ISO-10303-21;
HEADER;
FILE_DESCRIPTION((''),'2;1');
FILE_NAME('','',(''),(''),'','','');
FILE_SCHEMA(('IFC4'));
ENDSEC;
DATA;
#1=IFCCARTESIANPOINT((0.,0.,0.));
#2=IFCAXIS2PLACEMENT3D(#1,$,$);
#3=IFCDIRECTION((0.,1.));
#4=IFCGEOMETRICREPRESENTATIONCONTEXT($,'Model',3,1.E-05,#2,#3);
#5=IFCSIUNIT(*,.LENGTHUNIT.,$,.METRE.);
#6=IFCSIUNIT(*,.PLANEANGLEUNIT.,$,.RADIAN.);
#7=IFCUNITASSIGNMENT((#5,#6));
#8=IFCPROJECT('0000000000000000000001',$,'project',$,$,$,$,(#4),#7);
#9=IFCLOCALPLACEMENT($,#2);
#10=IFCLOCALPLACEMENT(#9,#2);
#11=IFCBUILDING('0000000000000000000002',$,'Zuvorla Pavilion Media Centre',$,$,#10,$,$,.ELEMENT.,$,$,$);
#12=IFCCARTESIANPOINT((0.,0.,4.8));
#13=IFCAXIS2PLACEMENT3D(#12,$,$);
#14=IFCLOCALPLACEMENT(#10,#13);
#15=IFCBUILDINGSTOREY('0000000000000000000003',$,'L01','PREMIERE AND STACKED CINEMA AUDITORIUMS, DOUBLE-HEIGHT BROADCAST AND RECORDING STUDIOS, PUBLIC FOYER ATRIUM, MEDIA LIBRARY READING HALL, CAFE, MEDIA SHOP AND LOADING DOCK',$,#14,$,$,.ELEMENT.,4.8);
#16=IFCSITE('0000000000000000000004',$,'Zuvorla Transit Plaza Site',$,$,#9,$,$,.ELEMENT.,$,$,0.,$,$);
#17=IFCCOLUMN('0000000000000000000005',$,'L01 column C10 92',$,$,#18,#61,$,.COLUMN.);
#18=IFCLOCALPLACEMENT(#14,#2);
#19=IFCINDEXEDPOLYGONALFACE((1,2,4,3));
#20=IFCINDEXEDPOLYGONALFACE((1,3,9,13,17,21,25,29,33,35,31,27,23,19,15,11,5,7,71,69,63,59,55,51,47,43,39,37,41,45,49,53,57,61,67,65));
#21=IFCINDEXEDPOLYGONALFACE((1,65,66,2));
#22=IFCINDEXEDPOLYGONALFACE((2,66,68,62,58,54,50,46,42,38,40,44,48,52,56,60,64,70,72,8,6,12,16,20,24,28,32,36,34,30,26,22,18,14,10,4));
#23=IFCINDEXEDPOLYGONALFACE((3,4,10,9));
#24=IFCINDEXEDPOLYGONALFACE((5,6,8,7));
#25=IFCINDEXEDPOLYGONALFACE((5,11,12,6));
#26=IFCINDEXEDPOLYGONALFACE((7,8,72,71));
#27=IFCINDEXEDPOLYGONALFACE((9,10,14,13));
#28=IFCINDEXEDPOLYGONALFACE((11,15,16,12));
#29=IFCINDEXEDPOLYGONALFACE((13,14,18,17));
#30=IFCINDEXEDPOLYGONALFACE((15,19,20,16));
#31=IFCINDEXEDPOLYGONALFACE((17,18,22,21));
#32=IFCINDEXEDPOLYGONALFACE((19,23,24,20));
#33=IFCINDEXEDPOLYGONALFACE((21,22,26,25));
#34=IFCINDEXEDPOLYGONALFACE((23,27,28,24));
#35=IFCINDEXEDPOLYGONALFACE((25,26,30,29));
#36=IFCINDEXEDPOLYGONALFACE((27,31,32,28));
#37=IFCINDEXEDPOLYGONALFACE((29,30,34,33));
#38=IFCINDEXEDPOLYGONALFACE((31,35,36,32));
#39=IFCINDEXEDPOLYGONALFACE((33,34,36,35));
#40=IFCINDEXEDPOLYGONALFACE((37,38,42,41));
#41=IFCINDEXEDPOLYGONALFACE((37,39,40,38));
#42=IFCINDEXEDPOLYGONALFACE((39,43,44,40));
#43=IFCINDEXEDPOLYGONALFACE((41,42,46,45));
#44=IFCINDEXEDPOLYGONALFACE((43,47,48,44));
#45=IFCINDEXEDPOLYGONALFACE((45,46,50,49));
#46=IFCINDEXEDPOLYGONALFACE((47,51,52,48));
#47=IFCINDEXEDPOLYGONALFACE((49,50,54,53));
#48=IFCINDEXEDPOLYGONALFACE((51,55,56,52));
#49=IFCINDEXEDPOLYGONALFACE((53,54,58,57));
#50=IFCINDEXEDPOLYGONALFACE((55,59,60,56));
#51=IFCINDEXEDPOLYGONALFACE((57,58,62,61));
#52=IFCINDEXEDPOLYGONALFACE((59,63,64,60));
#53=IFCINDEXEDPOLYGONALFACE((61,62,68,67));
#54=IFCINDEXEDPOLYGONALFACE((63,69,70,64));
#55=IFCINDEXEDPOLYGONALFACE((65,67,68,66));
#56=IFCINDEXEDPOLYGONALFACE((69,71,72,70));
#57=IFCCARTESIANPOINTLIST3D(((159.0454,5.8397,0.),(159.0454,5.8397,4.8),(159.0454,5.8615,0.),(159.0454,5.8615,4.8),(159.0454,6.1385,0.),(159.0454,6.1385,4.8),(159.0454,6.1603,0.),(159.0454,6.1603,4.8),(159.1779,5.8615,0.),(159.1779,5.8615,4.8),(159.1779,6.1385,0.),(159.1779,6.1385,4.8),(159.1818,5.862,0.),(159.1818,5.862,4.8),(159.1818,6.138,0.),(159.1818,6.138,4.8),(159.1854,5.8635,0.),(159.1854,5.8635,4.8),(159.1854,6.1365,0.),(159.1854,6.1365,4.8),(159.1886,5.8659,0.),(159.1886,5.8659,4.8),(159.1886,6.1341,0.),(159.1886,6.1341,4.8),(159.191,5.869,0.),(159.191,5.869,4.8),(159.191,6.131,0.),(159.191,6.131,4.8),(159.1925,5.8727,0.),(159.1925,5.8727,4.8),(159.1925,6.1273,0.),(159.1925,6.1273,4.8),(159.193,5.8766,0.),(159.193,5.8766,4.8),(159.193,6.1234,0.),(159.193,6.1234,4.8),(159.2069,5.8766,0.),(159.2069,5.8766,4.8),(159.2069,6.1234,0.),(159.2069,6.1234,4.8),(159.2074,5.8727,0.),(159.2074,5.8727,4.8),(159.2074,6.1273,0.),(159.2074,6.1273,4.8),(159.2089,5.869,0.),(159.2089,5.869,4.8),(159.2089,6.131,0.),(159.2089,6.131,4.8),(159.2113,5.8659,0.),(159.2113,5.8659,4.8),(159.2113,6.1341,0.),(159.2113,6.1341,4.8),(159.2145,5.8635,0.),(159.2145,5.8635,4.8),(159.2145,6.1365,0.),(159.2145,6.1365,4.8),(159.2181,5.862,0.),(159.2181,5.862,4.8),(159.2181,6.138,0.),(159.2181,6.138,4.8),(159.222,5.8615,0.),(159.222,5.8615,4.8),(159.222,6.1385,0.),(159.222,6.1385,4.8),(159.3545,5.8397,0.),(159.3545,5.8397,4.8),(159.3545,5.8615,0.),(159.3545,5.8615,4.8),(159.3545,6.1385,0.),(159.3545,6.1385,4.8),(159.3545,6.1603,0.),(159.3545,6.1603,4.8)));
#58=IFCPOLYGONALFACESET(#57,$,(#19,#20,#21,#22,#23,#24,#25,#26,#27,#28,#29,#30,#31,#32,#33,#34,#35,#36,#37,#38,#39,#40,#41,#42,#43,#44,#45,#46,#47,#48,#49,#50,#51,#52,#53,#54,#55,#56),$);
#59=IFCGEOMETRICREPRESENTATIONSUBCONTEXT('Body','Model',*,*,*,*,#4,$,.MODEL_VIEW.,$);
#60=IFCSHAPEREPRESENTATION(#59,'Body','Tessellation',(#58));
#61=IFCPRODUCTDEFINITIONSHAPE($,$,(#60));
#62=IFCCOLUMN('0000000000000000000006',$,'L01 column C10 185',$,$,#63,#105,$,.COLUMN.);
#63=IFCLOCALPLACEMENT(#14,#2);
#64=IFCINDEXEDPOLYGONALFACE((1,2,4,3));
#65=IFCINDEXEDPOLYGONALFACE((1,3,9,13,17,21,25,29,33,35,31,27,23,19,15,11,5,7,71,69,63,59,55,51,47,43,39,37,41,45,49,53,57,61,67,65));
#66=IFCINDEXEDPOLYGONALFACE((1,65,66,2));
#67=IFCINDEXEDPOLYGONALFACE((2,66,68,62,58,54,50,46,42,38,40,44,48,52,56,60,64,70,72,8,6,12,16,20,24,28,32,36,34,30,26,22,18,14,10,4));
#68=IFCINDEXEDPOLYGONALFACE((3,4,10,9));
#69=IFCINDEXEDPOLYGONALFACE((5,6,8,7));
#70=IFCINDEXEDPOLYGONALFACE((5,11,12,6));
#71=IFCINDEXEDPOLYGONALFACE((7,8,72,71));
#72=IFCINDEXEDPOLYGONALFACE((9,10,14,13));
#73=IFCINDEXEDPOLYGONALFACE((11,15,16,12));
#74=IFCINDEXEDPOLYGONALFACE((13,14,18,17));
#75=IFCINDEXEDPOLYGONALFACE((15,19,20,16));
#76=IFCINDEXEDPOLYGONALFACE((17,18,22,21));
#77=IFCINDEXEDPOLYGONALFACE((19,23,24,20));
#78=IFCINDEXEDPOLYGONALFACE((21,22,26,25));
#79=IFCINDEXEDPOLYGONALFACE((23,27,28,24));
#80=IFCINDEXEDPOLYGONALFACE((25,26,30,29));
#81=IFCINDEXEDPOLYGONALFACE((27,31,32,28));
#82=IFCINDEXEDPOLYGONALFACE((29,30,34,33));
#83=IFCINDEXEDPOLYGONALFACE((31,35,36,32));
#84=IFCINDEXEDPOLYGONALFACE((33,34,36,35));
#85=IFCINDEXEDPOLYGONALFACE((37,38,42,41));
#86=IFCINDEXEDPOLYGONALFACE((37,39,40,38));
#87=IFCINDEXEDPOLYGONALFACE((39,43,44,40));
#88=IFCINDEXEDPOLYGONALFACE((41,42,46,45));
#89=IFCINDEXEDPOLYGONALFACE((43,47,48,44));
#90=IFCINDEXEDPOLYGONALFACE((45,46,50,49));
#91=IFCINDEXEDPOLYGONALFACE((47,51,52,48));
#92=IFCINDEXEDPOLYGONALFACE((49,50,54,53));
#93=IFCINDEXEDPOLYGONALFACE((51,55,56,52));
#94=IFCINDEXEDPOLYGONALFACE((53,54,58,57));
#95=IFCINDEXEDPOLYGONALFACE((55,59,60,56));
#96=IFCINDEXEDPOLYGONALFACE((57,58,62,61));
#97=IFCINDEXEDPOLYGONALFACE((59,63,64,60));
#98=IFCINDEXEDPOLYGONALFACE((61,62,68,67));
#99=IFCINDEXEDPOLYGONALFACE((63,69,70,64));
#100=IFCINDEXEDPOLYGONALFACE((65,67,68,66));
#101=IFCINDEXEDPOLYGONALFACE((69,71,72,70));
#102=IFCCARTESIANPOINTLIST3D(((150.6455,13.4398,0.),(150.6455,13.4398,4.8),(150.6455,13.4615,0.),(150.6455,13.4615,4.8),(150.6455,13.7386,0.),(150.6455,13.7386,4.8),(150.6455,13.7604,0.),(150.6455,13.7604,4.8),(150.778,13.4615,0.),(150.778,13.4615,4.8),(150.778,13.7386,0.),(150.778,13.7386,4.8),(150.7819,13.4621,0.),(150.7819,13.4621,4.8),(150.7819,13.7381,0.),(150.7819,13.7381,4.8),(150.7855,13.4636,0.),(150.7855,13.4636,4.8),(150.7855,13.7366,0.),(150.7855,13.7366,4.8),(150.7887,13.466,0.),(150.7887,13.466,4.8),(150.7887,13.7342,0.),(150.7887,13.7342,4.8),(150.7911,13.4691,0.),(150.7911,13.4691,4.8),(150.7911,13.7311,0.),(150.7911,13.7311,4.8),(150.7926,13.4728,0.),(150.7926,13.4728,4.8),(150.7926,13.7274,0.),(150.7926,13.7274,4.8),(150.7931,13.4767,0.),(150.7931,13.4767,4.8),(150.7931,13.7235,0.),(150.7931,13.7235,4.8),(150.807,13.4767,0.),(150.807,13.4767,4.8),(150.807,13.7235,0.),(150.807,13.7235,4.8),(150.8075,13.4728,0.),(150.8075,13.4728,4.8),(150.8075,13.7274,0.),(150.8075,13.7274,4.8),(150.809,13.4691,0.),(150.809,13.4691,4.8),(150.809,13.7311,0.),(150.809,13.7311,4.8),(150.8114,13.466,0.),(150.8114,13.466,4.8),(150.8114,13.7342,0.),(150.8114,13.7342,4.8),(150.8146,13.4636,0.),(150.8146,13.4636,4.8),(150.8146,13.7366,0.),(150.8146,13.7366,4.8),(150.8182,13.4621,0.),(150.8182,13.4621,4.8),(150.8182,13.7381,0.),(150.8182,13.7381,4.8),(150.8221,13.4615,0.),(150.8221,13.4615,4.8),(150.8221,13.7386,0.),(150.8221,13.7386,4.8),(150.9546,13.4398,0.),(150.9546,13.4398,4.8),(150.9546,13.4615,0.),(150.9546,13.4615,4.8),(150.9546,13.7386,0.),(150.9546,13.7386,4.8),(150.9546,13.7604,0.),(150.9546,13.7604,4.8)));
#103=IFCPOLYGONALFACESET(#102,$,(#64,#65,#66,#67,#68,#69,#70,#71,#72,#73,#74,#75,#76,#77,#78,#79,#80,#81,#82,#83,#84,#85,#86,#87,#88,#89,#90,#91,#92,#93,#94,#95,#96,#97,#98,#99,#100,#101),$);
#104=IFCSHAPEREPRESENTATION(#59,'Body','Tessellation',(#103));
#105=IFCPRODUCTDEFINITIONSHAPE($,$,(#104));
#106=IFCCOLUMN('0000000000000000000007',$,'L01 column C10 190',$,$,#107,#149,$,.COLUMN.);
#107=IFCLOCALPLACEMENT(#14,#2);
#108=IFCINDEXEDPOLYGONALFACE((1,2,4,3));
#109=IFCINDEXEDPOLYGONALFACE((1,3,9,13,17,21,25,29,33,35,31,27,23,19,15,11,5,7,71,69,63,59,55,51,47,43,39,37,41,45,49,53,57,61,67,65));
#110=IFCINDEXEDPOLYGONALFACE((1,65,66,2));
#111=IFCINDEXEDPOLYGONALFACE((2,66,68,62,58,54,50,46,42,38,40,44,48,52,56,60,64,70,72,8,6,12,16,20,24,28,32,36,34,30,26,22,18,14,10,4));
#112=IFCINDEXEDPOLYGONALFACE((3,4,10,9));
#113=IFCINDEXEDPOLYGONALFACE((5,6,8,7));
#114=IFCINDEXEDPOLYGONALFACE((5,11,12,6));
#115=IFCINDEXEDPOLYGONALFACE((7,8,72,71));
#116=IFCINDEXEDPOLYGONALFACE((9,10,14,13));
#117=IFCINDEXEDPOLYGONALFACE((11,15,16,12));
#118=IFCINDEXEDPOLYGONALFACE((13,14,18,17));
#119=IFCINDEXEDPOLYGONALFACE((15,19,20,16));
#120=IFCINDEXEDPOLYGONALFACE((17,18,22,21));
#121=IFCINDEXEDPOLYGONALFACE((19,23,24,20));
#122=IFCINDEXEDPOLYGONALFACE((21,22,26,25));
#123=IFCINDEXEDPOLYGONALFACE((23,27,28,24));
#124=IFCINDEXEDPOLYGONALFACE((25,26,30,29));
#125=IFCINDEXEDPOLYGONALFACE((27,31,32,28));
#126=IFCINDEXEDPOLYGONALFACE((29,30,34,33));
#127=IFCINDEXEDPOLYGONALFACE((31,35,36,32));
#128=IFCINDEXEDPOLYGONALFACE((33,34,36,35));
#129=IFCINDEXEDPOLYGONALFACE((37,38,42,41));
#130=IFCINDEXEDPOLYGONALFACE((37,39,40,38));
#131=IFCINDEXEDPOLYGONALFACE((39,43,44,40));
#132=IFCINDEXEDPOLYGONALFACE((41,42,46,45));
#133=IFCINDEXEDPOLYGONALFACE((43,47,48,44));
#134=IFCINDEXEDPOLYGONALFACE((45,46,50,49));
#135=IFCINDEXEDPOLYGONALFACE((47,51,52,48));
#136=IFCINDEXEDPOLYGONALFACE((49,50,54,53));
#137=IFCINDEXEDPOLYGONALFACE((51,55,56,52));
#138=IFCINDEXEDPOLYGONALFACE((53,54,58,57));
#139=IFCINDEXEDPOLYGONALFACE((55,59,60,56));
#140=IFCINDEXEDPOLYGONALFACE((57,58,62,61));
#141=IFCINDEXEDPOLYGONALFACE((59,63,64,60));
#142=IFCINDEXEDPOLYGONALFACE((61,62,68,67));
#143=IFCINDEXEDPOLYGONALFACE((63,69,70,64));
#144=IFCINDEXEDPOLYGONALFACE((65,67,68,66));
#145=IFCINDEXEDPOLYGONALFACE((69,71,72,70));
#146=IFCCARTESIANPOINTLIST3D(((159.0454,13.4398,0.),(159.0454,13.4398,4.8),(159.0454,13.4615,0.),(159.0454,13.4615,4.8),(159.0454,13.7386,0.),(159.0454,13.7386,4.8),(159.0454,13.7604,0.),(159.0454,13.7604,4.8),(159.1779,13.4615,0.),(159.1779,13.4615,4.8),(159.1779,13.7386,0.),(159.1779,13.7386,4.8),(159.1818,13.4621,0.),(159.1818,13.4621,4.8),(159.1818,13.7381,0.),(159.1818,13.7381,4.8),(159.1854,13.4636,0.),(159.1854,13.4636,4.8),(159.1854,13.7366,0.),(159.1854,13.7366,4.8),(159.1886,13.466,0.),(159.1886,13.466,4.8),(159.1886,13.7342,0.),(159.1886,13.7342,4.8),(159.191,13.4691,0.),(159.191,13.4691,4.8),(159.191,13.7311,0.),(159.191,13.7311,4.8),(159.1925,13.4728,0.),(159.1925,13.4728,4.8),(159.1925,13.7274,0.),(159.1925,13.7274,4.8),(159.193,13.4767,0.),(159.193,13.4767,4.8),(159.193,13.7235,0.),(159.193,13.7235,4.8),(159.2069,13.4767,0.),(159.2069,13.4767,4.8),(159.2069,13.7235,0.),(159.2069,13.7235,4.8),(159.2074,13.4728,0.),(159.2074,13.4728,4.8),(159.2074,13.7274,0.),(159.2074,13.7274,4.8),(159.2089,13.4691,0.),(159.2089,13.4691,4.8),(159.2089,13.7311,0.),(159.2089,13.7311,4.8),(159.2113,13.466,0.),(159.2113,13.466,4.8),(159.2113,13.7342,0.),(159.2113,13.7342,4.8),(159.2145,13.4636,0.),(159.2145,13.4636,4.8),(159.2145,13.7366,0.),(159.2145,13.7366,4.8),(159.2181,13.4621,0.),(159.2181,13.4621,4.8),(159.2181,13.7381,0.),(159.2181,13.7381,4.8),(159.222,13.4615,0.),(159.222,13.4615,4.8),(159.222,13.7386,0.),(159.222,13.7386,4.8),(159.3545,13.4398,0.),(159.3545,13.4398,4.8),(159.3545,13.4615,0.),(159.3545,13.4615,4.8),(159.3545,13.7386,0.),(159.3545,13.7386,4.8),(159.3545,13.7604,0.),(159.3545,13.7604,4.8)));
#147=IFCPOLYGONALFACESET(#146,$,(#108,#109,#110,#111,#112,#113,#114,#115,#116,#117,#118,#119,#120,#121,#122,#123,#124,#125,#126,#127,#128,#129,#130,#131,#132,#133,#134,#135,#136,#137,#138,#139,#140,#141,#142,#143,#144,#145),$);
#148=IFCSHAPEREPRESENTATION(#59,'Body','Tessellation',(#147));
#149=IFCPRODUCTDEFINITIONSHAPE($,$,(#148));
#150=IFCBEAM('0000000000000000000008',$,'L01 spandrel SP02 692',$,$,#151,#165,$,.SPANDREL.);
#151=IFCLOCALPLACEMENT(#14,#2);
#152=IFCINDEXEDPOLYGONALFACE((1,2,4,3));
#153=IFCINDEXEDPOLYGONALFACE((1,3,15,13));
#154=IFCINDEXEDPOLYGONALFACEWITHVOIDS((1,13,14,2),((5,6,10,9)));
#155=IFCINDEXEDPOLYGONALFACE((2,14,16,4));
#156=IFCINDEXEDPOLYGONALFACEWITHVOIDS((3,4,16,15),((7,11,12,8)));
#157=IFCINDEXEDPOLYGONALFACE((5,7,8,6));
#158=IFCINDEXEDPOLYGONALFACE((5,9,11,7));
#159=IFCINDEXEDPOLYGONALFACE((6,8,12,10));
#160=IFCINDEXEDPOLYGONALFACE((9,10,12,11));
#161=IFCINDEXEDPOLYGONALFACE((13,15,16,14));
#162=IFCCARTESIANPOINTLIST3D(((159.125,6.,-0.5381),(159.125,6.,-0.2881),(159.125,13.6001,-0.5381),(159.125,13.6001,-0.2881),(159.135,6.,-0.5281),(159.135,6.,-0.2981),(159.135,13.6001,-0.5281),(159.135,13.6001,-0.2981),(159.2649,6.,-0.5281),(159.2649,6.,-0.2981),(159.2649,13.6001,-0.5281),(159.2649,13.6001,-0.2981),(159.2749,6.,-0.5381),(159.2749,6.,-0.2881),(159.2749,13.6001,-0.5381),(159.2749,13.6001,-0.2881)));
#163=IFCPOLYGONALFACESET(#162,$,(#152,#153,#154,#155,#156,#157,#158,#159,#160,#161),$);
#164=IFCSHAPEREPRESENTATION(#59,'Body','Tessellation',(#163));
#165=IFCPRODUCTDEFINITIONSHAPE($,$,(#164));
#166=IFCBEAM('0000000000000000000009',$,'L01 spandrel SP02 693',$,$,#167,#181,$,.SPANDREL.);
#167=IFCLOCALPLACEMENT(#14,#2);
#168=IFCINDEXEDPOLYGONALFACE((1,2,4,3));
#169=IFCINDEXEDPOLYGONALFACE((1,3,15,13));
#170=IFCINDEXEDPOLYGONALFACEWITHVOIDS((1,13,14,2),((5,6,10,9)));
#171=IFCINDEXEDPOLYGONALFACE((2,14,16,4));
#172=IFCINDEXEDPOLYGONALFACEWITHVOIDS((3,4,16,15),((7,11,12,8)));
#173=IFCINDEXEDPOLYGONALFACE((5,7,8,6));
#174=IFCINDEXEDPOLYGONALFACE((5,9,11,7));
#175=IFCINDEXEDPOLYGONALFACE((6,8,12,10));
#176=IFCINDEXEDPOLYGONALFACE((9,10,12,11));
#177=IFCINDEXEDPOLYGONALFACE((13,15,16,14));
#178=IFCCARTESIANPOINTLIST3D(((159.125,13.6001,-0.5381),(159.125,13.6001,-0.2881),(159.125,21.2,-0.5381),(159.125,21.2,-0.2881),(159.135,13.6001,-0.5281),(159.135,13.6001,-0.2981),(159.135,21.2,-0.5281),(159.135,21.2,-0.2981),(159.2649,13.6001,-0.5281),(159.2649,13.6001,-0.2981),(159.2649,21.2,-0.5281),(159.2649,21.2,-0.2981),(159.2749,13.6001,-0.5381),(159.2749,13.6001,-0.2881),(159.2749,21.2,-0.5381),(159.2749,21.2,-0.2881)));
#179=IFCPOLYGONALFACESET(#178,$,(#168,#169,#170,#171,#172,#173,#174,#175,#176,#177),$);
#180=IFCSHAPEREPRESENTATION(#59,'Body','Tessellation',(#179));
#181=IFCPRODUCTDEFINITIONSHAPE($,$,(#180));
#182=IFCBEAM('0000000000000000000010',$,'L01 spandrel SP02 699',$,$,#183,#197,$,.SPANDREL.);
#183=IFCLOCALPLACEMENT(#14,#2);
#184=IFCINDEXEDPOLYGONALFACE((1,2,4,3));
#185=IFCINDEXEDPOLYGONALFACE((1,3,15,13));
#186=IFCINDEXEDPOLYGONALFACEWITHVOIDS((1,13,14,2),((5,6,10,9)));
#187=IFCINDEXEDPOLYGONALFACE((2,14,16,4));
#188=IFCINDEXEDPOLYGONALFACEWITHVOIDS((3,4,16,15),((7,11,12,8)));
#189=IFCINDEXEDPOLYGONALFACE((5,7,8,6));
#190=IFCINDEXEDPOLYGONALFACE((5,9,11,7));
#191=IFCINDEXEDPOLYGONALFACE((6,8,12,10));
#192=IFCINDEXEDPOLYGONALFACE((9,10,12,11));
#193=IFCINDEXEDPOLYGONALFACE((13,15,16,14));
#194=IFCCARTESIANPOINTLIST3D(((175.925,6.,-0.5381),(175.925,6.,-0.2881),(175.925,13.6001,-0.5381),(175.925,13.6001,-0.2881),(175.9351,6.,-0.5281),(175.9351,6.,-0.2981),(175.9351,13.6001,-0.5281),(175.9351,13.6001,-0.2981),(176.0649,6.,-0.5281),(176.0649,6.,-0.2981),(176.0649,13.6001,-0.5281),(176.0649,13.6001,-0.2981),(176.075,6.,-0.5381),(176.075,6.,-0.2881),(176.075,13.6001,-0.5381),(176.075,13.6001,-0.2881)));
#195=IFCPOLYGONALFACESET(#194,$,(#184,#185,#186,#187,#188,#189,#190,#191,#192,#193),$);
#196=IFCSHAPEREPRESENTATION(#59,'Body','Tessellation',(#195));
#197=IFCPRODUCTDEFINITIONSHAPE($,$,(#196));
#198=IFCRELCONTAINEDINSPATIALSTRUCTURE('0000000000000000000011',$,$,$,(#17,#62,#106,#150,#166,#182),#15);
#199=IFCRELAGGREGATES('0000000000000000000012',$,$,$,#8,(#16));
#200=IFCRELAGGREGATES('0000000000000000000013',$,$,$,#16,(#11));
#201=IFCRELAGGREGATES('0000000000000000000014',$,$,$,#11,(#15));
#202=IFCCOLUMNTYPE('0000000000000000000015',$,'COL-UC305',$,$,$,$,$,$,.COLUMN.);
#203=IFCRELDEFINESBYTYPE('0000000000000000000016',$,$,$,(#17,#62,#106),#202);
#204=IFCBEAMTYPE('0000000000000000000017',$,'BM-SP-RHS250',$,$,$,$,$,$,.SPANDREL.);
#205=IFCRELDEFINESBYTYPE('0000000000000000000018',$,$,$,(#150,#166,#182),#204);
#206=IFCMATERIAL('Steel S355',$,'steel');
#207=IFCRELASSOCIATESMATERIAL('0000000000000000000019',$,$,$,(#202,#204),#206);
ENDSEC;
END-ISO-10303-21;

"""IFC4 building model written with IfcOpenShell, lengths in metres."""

from ifc_helpers import new_model, si_unit, direction, frame, origin, origin_2d, place, context, subcontext, project, spatial, hollow_rectangle, i_section, extrude, material, material_profile, profile_set, type_object, element, save


model = new_model("IFC4")

# Units and contexts
model_context = context("Model", 3, precision=1e-05, world=origin(), true_north=direction((0.0, 1.0)))
body_context = subcontext(model_context, "Body", "Model", "MODEL_VIEW")
ifc_project = project(units=[si_unit("LENGTHUNIT", "METRE"), si_unit("PLANEANGLEUNIT", "RADIAN")], contexts=[model_context])

# Site, building, storey
site_placement = place(None, origin())
site = spatial("IfcSite", under=ifc_project, at=site_placement, Name="Zuvorla Transit Plaza Site", CompositionType="ELEMENT", RefElevation=0.0)
building_placement = place(site_placement, origin())
building = spatial("IfcBuilding", under=site, at=building_placement, Name="Zuvorla Pavilion Media Centre", CompositionType="ELEMENT")
storey_placement = place(building_placement, frame((0.0, 0.0, 4.8)))
storey = spatial("IfcBuildingStorey", under=building, at=storey_placement, Name="L01", Description="PREMIERE AND STACKED CINEMA AUDITORIUMS, DOUBLE-HEIGHT BROADCAST AND RECORDING STUDIOS, PUBLIC FOYER ATRIUM, MEDIA LIBRARY READING HALL, CAFE, MEDIA SHOP AND LOADING DOCK", CompositionType="ELEMENT", Elevation=4.8)

# Columns
ifc_material_1 = material(Name="Steel S355", Category="steel")
ifc_material_profile_1 = material_profile(ifc_material_1, i_section(OverallWidth=0.3091, OverallDepth=0.3206, WebThickness=0.0139, FlangeThickness=0.0217, FilletRadius=0.0151, at=origin_2d()), Name="UC 305x305x137")
ifc_profile_set_1 = profile_set([ifc_material_profile_1], Name="Steel S355")
column_type = type_object("IfcColumnType", Name="COL-UC305", PredefinedType="COLUMN", material=ifc_profile_set_1)
for number, where, z_axis, x_axis, name in (
    (1, (159.2, 6.0, 0.0), (0.0, 0.0, 1.0), (1.0, 0.0, 0.0), "L01 column C10 92"),
    (2, (150.8, 13.6001, 0.0), (0.0, 0.0, 1.0), (1.0, 0.0, 0.0), "L01 column C10 185"),
    (3, (159.2, 13.6001, 0.0), (0.0, 0.0, 1.0), (1.0, 0.0, 0.0), "L01 column C10 190"),
):
    element("IfcColumn", number, at=place(storey_placement, frame(where, z_axis=z_axis, x_axis=x_axis)), inside=storey, type_object=column_type, Name=name, PredefinedType="COLUMN", context=body_context, shape_type="SweptSolid", body=[
        extrude(i_section(OverallWidth=0.3091, OverallDepth=0.3206, WebThickness=0.0139, FlangeThickness=0.0217, FilletRadius=0.0151, at=origin_2d()), origin(), (0.0, 0.0, 1.0), 4.8),
    ])

# Beams
ifc_material_profile_2 = material_profile(ifc_material_1, hollow_rectangle(XDim=0.1499, YDim=0.25, WallThickness=0.01, at=origin_2d()), Name="RHS 250x150x10")
ifc_profile_set_2 = profile_set([ifc_material_profile_2], Name="Steel S355")
beam_type_1 = type_object("IfcBeamType", Name="BM-SP-RHS250", PredefinedType="SPANDREL", material=ifc_profile_set_2)
beam_1_placement = place(storey_placement, frame((159.2, 6.0, -0.4131), z_axis=(0.0, 1.0, 0.0), x_axis=(-1.0, 0.0, 0.0)))
element("IfcBeam", 4, at=beam_1_placement, inside=storey, type_object=beam_type_1, Name="L01 spandrel SP02 692", PredefinedType="SPANDREL", context=body_context, shape_type="SweptSolid", body=[
    extrude(hollow_rectangle(XDim=0.1499, YDim=0.25, WallThickness=0.01, at=origin_2d()), origin(), (0.0, 0.0, 1.0), 7.6001),
])
beam_2_placement = place(storey_placement, frame((159.2, 13.6001, -0.4131), z_axis=(0.0, 1.0, 0.0), x_axis=(-1.0, 0.0, 0.0)))
element("IfcBeam", 5, at=beam_2_placement, inside=storey, type_object=beam_type_1, Name="L01 spandrel SP02 693", PredefinedType="SPANDREL", context=body_context, shape_type="SweptSolid", body=[
    extrude(hollow_rectangle(XDim=0.1499, YDim=0.25, WallThickness=0.01, at=origin_2d()), origin(), (0.0, 0.0, 1.0), 7.5999),
])
beam_3_placement = place(storey_placement, frame((176.0, 6.0, -0.4131), z_axis=(0.0, 1.0, 0.0), x_axis=(-1.0, 0.0, 0.0)))
element("IfcBeam", 6, at=beam_3_placement, inside=storey, type_object=beam_type_1, Name="L01 spandrel SP02 699", PredefinedType="SPANDREL", context=body_context, shape_type="SweptSolid", body=[
    extrude(hollow_rectangle(XDim=0.1499, YDim=0.25, WallThickness=0.01, at=origin_2d()), origin(), (0.0, 0.0, 1.0), 7.6001),
])

save(model, "model.ifc")
